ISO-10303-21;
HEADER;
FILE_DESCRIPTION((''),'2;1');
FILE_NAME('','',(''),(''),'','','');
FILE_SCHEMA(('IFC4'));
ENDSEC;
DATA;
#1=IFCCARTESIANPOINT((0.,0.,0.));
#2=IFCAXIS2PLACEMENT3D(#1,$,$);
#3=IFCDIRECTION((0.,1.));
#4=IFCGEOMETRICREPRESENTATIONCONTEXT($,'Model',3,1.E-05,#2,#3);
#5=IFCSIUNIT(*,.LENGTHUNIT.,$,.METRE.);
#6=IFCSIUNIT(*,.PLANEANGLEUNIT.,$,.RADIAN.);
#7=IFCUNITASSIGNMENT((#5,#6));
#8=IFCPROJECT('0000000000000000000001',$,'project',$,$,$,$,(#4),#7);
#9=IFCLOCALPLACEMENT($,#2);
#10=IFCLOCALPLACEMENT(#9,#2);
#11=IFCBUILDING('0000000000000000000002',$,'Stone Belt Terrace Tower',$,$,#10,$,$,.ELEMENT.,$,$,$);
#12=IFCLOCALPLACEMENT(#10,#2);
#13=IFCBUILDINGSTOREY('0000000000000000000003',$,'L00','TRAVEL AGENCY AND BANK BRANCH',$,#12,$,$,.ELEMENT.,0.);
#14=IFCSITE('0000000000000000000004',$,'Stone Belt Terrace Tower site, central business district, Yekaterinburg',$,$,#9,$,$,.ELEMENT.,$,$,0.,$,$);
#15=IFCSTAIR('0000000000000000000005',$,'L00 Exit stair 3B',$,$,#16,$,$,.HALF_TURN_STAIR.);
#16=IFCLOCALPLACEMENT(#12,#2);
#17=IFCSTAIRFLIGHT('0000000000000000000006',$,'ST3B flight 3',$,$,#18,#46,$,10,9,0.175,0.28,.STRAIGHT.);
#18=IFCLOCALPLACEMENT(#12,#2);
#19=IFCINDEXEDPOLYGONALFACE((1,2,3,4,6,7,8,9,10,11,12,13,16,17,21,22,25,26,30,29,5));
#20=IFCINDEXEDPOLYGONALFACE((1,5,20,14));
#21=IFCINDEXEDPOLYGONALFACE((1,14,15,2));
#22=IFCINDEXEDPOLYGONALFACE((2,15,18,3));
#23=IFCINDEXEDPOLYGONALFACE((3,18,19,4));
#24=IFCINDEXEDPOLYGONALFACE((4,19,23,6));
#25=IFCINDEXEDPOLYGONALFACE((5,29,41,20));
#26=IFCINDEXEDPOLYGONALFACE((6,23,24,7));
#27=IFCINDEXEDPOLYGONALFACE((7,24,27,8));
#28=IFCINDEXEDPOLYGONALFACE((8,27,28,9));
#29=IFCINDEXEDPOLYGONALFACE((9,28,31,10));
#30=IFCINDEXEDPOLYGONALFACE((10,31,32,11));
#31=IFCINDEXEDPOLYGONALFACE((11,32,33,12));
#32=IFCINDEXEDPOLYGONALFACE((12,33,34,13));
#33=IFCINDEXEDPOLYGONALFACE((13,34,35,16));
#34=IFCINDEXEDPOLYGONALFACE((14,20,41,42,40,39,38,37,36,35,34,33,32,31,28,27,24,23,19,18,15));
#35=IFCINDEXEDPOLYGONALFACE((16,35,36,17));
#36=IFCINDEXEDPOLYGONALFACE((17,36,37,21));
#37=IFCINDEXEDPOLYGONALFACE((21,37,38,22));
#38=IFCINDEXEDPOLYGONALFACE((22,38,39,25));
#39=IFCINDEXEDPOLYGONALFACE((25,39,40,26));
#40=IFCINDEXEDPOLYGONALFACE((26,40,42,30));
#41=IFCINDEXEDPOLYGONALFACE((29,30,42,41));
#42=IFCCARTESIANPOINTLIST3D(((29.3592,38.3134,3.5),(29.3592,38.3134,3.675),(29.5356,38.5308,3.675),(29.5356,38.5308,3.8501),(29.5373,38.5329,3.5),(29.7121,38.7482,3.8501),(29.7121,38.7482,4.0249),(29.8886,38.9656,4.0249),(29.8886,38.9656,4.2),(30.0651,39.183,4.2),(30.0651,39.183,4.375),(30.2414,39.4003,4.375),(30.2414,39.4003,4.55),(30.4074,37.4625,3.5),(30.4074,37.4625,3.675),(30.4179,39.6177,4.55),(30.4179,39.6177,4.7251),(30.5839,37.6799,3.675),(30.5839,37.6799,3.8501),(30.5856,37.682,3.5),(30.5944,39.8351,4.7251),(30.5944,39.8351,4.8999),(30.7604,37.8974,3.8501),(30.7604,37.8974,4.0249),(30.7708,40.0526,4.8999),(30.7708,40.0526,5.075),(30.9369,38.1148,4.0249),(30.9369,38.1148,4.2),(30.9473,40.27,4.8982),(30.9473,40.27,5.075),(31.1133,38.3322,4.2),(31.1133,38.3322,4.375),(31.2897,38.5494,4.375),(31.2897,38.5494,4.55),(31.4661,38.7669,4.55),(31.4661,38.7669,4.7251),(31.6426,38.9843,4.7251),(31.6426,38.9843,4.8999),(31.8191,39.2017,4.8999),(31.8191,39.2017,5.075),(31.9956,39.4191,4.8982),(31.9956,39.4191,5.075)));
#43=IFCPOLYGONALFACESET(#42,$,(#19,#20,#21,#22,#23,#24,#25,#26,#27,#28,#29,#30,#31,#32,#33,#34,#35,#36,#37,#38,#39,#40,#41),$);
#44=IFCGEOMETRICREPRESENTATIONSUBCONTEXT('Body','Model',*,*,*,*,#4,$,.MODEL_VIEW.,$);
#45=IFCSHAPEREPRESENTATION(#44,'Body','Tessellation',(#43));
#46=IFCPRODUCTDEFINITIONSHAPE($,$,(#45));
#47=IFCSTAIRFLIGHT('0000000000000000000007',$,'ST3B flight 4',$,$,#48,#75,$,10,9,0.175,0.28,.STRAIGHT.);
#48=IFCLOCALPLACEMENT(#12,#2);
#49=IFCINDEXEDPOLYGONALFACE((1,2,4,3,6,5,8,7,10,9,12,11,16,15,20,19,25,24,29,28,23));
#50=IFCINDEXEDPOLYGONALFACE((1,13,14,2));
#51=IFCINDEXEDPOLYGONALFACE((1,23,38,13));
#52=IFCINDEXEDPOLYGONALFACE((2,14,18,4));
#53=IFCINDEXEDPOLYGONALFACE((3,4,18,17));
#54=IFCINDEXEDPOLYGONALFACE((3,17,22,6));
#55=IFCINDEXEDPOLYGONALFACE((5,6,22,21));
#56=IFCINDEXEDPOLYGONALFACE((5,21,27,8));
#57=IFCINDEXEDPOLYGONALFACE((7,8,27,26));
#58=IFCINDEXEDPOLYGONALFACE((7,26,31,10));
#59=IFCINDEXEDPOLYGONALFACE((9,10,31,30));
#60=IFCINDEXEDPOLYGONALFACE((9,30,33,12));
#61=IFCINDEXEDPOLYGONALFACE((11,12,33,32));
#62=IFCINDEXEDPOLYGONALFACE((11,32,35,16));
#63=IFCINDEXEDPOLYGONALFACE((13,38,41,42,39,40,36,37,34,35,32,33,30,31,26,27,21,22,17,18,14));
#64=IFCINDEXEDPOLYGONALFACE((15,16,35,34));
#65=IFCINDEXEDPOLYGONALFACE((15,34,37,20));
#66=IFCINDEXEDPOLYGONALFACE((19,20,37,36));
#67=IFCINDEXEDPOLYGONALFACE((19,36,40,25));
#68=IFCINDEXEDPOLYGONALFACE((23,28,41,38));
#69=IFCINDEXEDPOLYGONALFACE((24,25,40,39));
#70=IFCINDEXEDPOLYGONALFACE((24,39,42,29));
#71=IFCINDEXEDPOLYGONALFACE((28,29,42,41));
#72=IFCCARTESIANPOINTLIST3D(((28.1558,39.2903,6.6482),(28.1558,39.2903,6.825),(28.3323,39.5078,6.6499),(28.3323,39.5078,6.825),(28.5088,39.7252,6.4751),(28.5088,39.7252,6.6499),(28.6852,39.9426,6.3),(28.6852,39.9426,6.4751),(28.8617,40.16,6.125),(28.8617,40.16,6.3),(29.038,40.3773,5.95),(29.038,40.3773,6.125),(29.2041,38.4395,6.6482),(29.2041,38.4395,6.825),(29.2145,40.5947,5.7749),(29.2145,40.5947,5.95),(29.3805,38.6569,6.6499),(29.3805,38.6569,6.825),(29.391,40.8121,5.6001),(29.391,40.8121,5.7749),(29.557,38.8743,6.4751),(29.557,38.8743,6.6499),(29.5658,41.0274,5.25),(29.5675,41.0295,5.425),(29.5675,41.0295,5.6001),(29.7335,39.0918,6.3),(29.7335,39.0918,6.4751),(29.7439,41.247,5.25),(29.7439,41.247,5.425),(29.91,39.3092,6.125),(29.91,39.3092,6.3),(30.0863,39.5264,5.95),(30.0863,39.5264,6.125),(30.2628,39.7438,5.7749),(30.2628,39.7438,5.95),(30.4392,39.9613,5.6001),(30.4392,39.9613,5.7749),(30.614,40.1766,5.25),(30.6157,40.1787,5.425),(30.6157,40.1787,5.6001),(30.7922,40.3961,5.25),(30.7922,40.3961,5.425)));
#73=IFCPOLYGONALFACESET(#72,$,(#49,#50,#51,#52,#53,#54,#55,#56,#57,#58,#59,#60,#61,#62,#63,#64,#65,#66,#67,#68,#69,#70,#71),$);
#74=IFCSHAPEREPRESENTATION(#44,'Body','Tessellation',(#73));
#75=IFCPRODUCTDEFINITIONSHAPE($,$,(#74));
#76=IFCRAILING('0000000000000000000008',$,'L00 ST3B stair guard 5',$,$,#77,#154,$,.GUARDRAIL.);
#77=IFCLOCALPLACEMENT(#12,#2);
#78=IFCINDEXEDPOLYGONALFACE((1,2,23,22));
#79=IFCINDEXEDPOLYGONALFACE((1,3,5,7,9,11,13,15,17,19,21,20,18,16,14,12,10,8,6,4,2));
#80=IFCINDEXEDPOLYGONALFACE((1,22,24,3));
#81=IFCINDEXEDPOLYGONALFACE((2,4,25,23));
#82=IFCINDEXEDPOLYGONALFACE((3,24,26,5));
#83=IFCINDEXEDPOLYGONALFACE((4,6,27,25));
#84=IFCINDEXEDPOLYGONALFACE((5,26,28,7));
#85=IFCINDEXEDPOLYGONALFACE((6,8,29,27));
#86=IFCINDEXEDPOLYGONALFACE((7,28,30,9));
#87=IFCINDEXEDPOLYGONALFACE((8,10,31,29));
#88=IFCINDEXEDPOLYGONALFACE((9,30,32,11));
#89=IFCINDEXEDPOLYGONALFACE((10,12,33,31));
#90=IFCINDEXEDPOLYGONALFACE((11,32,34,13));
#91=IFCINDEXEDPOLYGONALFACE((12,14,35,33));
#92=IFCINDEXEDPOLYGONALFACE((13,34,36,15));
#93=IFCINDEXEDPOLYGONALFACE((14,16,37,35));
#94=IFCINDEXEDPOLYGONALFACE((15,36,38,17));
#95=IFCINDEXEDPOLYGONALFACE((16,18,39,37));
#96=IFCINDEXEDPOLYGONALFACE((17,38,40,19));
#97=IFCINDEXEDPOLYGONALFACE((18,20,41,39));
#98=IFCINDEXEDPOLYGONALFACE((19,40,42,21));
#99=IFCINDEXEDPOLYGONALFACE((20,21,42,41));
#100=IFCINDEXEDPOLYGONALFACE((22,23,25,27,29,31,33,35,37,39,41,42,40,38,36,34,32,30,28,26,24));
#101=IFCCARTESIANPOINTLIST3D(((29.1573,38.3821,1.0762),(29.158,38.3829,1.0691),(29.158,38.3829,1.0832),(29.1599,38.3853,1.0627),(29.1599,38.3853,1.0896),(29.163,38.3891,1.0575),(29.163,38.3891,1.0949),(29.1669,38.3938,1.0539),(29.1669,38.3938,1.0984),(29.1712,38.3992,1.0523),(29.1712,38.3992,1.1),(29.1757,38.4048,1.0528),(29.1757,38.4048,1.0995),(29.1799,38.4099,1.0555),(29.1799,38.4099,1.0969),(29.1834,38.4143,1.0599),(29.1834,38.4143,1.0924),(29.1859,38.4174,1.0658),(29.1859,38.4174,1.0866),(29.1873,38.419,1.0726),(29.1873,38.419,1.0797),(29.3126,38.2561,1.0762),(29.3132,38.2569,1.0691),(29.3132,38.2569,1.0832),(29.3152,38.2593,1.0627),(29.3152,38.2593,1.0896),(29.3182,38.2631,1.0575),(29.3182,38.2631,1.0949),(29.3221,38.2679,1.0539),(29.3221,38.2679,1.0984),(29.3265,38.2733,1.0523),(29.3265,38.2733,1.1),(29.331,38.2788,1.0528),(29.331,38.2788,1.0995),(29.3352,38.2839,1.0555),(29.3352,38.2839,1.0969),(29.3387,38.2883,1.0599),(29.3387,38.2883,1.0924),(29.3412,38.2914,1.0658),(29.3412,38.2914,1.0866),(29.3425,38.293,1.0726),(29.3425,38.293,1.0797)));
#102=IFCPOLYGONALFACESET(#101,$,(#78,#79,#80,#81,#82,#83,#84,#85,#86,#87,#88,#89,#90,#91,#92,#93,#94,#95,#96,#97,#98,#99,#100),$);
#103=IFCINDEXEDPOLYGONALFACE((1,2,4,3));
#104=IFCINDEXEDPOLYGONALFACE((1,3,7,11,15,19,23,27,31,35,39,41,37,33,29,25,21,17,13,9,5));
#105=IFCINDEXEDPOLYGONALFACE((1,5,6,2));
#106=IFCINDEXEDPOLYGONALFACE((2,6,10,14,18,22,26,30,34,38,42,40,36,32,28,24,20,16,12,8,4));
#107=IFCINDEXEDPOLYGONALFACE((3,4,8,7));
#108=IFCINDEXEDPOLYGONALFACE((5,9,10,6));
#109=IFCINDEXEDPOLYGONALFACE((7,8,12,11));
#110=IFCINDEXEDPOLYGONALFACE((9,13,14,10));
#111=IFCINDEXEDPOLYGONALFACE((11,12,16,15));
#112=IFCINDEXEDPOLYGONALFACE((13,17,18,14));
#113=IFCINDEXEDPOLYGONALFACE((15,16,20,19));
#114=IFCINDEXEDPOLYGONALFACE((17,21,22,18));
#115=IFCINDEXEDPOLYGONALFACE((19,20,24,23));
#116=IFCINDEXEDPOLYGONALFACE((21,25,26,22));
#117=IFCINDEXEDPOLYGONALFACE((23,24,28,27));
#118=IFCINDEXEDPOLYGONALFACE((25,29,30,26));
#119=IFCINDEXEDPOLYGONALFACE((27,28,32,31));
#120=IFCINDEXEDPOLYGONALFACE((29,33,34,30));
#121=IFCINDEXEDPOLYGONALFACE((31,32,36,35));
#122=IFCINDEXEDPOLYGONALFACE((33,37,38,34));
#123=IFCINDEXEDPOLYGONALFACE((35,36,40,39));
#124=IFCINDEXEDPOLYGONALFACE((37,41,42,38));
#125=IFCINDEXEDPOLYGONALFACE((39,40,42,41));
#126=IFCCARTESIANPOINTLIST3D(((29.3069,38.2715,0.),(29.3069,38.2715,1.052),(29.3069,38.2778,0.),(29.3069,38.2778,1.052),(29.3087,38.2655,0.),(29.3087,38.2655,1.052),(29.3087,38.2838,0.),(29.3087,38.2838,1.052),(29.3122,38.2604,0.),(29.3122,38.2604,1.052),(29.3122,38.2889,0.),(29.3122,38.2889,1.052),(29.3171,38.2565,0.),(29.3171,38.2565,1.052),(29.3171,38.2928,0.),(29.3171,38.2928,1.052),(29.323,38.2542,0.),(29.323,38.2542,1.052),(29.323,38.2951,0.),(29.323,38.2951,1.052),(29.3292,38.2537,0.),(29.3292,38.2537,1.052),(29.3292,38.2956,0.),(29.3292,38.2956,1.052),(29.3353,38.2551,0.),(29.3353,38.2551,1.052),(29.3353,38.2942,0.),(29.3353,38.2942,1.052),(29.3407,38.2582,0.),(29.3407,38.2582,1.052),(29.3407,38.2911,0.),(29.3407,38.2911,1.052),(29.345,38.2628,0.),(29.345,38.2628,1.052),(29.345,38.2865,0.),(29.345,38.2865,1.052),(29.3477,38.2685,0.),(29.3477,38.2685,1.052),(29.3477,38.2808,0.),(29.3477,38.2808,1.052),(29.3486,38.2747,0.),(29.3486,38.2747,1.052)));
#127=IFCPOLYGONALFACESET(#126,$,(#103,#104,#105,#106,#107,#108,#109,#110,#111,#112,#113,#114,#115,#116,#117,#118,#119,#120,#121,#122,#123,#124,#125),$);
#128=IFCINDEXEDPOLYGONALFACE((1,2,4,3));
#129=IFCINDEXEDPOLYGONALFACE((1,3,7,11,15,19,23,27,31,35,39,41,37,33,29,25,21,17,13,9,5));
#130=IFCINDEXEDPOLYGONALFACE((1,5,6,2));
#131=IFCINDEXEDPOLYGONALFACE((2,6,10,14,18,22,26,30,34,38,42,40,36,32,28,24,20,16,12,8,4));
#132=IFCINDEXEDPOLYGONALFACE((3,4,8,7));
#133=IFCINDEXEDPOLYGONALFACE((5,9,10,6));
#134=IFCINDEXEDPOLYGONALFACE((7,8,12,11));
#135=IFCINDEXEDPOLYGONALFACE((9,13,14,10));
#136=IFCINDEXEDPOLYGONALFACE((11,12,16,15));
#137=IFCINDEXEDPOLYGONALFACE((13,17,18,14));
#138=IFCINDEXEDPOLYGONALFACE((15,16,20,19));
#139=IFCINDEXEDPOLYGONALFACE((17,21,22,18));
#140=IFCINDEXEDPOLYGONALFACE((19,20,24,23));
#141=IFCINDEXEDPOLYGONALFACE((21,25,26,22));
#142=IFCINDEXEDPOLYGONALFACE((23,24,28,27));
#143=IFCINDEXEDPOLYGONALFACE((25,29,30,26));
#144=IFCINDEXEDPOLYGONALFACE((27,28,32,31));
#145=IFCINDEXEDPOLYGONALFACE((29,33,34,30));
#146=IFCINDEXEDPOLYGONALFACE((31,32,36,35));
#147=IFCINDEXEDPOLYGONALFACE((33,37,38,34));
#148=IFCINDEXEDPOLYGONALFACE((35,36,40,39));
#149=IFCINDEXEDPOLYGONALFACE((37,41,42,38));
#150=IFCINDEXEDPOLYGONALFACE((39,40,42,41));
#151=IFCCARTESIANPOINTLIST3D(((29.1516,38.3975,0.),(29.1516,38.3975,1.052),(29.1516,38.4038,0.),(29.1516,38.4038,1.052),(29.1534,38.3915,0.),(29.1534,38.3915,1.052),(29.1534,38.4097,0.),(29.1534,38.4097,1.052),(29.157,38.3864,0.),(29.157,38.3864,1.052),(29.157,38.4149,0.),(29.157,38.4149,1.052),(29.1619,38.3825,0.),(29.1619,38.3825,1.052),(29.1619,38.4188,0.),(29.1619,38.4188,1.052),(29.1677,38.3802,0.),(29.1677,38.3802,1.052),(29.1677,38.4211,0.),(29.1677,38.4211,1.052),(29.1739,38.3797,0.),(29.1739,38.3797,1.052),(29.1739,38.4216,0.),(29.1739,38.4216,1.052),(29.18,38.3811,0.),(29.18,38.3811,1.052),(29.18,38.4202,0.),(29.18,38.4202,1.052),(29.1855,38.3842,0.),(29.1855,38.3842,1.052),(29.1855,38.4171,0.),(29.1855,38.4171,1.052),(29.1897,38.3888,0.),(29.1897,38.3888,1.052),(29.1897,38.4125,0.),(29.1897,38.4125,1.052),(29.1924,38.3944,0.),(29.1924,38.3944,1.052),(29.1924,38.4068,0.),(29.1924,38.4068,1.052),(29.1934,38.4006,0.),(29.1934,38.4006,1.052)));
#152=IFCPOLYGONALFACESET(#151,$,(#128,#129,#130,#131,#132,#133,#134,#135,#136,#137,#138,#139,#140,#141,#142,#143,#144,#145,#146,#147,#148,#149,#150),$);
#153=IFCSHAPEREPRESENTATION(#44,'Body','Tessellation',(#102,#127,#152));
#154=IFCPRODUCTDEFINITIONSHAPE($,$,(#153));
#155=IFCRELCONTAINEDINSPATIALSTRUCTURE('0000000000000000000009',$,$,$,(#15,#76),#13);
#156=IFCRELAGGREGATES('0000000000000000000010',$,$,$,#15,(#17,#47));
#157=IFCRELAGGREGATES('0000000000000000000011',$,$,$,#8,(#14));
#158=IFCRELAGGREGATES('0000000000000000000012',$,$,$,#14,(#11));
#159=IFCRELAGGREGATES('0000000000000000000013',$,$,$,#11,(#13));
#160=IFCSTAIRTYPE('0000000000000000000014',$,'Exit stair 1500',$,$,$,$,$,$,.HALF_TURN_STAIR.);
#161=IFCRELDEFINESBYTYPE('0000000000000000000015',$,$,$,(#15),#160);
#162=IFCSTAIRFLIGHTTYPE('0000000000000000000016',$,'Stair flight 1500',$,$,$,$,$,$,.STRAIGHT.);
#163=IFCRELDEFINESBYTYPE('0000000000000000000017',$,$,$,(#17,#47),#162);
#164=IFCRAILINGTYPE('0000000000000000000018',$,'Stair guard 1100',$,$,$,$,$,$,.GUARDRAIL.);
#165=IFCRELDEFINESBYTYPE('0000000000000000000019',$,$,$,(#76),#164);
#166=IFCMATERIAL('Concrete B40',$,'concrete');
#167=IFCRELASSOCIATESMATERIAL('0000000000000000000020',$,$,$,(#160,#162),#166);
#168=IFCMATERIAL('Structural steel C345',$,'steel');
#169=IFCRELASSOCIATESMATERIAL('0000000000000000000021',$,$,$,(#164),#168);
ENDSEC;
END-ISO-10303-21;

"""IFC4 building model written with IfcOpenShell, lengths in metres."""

from ifc_helpers import new_model, si_unit, direction, frame, origin, origin_2d, place, context, subcontext, project, spatial, polyline, circle, outline, extrude, material, type_object, element, aggregate, save


model = new_model("IFC4")

# Units and contexts
model_context = context("Model", 3, precision=1e-05, world=origin(), true_north=direction((0.0, 1.0)))
body_context = subcontext(model_context, "Body", "Model", "MODEL_VIEW")
ifc_project = project(units=[si_unit("LENGTHUNIT", "METRE"), si_unit("PLANEANGLEUNIT", "RADIAN")], contexts=[model_context])

# Site, building, storey
site_placement = place(None, origin())
site = spatial("IfcSite", under=ifc_project, at=site_placement, Name="Stone Belt Terrace Tower site, central business district, Yekaterinburg", CompositionType="ELEMENT", RefElevation=0.0)
building_placement = place(site_placement, origin())
building = spatial("IfcBuilding", under=site, at=building_placement, Name="Stone Belt Terrace Tower", CompositionType="ELEMENT")
storey_placement = place(building_placement, origin())
storey = spatial("IfcBuildingStorey", under=building, at=storey_placement, Name="L00", Description="TRAVEL AGENCY AND BANK BRANCH", CompositionType="ELEMENT", Elevation=0.0)

# Stair, stair flights
ifc_material_1 = material(Name="Concrete B40", Category="concrete")
stair_type = type_object("IfcStairType", Name="Exit stair 1500", PredefinedType="HALF_TURN_STAIR", material=ifc_material_1)
stair_placement = place(storey_placement, origin())
stair = element("IfcStair", 1, at=stair_placement, inside=storey, type_object=stair_type, Name="L00 Exit stair 3B", PredefinedType="HALF_TURN_STAIR")
stair_flight_type = type_object("IfcStairFlightType", Name="Stair flight 1500", PredefinedType="STRAIGHT", material=ifc_material_1)
stair_flight_1_placement = place(storey_placement, frame((29.8833, 37.8879, 3.5), z_axis=(0.0, 0.0, 1.0), x_axis=(0.630206, 0.776428, 0.0)))
stair_flight_1 = element("IfcStairFlight", 2, at=stair_flight_1_placement, type_object=stair_flight_type, Name="ST3B flight 3", NumberOfRisers=10, NumberOfTreads=9, PredefinedType="STRAIGHT", RiserHeight=0.175, TreadLength=0.28, context=body_context, shape_type="SweptSolid", body=[
    extrude(outline(polyline([(0.0, 0.0), (0.0, 0.175), (0.28, 0.175), (0.28, 0.3501), (0.5601, 0.3501), (0.5601, 0.5249), (0.8401, 0.5249), (0.8401, 0.7), (1.1201, 0.7), (1.1201, 0.875), (1.3999, 0.875), (1.3999, 1.05), (1.6799, 1.05), (1.6799, 1.2251), (1.96, 1.2251), (1.96, 1.3999), (2.24, 1.3999), (2.24, 1.575), (2.52, 1.575), (2.52, 1.75), (2.52, 1.3982), (0.2827, 0.0), (0.0, 0.0)])), frame((0.0, 0.675, 0.0), z_axis=(0.0, -1.0, 0.0), x_axis=(1.0, 0.0, 0.0)), (0.0, 0.0, 1.0), 1.3501),
])
stair_flight_2_placement = place(storey_placement, frame((30.2681, 40.8215, 5.25), z_axis=(0.0, 0.0, 1.0), x_axis=(-0.630206, -0.776428, 0.0)))
stair_flight_2 = element("IfcStairFlight", 3, at=stair_flight_2_placement, type_object=stair_flight_type, Name="ST3B flight 4", NumberOfRisers=10, NumberOfTreads=9, PredefinedType="STRAIGHT", RiserHeight=0.175, TreadLength=0.28, context=body_context, shape_type="SweptSolid", body=[
    extrude(outline(polyline([(0.0, 0.0), (0.0, 0.175), (0.28, 0.175), (0.28, 0.3501), (0.5601, 0.3501), (0.5601, 0.5249), (0.8401, 0.5249), (0.8401, 0.7), (1.1201, 0.7), (1.1201, 0.875), (1.3999, 0.875), (1.3999, 1.05), (1.6799, 1.05), (1.6799, 1.2251), (1.96, 1.2251), (1.96, 1.3999), (2.24, 1.3999), (2.24, 1.575), (2.52, 1.575), (2.52, 1.75), (2.52, 1.3982), (0.2827, 0.0), (0.0, 0.0)])), frame((0.0, 0.675, 0.0), z_axis=(0.0, -1.0, 0.0), x_axis=(1.0, 0.0, 0.0)), (0.0, 0.0, 1.0), 1.3501),
])
aggregate(stair, [stair_flight_1, stair_flight_2])

# Railing
ifc_material_2 = material(Name="Structural steel C345", Category="steel")
railing_type = type_object("IfcRailingType", Name="Stair guard 1100", PredefinedType="GUARDRAIL", material=ifc_material_2)
railing_1_placement = place(storey_placement, frame((29.3276, 38.2747, 0.0)))
element("IfcRailing", 4, at=railing_1_placement, inside=storey, type_object=railing_type, Name="L00 ST3B stair guard 5", PredefinedType="GUARDRAIL", context=body_context, shape_type="SweptSolid", body=[
    extrude(circle(Radius=0.0239, at=origin_2d()), frame((0.0, 0.0, 1.0762), z_axis=(-0.776562, 0.630041, 0.0), x_axis=(-0.630041, -0.776562, 0.0)), (0.0, 0.0, 1.0), 0.2),
    extrude(circle(Radius=0.021, at=origin_2d()), origin(), (0.0, 0.0, 1.0), 1.052),
    extrude(circle(Radius=0.021, at=origin_2d()), frame((-0.1553, 0.126, 0.0)), (0.0, 0.0, 1.0), 1.052),
])

save(model, "model.ifc")
